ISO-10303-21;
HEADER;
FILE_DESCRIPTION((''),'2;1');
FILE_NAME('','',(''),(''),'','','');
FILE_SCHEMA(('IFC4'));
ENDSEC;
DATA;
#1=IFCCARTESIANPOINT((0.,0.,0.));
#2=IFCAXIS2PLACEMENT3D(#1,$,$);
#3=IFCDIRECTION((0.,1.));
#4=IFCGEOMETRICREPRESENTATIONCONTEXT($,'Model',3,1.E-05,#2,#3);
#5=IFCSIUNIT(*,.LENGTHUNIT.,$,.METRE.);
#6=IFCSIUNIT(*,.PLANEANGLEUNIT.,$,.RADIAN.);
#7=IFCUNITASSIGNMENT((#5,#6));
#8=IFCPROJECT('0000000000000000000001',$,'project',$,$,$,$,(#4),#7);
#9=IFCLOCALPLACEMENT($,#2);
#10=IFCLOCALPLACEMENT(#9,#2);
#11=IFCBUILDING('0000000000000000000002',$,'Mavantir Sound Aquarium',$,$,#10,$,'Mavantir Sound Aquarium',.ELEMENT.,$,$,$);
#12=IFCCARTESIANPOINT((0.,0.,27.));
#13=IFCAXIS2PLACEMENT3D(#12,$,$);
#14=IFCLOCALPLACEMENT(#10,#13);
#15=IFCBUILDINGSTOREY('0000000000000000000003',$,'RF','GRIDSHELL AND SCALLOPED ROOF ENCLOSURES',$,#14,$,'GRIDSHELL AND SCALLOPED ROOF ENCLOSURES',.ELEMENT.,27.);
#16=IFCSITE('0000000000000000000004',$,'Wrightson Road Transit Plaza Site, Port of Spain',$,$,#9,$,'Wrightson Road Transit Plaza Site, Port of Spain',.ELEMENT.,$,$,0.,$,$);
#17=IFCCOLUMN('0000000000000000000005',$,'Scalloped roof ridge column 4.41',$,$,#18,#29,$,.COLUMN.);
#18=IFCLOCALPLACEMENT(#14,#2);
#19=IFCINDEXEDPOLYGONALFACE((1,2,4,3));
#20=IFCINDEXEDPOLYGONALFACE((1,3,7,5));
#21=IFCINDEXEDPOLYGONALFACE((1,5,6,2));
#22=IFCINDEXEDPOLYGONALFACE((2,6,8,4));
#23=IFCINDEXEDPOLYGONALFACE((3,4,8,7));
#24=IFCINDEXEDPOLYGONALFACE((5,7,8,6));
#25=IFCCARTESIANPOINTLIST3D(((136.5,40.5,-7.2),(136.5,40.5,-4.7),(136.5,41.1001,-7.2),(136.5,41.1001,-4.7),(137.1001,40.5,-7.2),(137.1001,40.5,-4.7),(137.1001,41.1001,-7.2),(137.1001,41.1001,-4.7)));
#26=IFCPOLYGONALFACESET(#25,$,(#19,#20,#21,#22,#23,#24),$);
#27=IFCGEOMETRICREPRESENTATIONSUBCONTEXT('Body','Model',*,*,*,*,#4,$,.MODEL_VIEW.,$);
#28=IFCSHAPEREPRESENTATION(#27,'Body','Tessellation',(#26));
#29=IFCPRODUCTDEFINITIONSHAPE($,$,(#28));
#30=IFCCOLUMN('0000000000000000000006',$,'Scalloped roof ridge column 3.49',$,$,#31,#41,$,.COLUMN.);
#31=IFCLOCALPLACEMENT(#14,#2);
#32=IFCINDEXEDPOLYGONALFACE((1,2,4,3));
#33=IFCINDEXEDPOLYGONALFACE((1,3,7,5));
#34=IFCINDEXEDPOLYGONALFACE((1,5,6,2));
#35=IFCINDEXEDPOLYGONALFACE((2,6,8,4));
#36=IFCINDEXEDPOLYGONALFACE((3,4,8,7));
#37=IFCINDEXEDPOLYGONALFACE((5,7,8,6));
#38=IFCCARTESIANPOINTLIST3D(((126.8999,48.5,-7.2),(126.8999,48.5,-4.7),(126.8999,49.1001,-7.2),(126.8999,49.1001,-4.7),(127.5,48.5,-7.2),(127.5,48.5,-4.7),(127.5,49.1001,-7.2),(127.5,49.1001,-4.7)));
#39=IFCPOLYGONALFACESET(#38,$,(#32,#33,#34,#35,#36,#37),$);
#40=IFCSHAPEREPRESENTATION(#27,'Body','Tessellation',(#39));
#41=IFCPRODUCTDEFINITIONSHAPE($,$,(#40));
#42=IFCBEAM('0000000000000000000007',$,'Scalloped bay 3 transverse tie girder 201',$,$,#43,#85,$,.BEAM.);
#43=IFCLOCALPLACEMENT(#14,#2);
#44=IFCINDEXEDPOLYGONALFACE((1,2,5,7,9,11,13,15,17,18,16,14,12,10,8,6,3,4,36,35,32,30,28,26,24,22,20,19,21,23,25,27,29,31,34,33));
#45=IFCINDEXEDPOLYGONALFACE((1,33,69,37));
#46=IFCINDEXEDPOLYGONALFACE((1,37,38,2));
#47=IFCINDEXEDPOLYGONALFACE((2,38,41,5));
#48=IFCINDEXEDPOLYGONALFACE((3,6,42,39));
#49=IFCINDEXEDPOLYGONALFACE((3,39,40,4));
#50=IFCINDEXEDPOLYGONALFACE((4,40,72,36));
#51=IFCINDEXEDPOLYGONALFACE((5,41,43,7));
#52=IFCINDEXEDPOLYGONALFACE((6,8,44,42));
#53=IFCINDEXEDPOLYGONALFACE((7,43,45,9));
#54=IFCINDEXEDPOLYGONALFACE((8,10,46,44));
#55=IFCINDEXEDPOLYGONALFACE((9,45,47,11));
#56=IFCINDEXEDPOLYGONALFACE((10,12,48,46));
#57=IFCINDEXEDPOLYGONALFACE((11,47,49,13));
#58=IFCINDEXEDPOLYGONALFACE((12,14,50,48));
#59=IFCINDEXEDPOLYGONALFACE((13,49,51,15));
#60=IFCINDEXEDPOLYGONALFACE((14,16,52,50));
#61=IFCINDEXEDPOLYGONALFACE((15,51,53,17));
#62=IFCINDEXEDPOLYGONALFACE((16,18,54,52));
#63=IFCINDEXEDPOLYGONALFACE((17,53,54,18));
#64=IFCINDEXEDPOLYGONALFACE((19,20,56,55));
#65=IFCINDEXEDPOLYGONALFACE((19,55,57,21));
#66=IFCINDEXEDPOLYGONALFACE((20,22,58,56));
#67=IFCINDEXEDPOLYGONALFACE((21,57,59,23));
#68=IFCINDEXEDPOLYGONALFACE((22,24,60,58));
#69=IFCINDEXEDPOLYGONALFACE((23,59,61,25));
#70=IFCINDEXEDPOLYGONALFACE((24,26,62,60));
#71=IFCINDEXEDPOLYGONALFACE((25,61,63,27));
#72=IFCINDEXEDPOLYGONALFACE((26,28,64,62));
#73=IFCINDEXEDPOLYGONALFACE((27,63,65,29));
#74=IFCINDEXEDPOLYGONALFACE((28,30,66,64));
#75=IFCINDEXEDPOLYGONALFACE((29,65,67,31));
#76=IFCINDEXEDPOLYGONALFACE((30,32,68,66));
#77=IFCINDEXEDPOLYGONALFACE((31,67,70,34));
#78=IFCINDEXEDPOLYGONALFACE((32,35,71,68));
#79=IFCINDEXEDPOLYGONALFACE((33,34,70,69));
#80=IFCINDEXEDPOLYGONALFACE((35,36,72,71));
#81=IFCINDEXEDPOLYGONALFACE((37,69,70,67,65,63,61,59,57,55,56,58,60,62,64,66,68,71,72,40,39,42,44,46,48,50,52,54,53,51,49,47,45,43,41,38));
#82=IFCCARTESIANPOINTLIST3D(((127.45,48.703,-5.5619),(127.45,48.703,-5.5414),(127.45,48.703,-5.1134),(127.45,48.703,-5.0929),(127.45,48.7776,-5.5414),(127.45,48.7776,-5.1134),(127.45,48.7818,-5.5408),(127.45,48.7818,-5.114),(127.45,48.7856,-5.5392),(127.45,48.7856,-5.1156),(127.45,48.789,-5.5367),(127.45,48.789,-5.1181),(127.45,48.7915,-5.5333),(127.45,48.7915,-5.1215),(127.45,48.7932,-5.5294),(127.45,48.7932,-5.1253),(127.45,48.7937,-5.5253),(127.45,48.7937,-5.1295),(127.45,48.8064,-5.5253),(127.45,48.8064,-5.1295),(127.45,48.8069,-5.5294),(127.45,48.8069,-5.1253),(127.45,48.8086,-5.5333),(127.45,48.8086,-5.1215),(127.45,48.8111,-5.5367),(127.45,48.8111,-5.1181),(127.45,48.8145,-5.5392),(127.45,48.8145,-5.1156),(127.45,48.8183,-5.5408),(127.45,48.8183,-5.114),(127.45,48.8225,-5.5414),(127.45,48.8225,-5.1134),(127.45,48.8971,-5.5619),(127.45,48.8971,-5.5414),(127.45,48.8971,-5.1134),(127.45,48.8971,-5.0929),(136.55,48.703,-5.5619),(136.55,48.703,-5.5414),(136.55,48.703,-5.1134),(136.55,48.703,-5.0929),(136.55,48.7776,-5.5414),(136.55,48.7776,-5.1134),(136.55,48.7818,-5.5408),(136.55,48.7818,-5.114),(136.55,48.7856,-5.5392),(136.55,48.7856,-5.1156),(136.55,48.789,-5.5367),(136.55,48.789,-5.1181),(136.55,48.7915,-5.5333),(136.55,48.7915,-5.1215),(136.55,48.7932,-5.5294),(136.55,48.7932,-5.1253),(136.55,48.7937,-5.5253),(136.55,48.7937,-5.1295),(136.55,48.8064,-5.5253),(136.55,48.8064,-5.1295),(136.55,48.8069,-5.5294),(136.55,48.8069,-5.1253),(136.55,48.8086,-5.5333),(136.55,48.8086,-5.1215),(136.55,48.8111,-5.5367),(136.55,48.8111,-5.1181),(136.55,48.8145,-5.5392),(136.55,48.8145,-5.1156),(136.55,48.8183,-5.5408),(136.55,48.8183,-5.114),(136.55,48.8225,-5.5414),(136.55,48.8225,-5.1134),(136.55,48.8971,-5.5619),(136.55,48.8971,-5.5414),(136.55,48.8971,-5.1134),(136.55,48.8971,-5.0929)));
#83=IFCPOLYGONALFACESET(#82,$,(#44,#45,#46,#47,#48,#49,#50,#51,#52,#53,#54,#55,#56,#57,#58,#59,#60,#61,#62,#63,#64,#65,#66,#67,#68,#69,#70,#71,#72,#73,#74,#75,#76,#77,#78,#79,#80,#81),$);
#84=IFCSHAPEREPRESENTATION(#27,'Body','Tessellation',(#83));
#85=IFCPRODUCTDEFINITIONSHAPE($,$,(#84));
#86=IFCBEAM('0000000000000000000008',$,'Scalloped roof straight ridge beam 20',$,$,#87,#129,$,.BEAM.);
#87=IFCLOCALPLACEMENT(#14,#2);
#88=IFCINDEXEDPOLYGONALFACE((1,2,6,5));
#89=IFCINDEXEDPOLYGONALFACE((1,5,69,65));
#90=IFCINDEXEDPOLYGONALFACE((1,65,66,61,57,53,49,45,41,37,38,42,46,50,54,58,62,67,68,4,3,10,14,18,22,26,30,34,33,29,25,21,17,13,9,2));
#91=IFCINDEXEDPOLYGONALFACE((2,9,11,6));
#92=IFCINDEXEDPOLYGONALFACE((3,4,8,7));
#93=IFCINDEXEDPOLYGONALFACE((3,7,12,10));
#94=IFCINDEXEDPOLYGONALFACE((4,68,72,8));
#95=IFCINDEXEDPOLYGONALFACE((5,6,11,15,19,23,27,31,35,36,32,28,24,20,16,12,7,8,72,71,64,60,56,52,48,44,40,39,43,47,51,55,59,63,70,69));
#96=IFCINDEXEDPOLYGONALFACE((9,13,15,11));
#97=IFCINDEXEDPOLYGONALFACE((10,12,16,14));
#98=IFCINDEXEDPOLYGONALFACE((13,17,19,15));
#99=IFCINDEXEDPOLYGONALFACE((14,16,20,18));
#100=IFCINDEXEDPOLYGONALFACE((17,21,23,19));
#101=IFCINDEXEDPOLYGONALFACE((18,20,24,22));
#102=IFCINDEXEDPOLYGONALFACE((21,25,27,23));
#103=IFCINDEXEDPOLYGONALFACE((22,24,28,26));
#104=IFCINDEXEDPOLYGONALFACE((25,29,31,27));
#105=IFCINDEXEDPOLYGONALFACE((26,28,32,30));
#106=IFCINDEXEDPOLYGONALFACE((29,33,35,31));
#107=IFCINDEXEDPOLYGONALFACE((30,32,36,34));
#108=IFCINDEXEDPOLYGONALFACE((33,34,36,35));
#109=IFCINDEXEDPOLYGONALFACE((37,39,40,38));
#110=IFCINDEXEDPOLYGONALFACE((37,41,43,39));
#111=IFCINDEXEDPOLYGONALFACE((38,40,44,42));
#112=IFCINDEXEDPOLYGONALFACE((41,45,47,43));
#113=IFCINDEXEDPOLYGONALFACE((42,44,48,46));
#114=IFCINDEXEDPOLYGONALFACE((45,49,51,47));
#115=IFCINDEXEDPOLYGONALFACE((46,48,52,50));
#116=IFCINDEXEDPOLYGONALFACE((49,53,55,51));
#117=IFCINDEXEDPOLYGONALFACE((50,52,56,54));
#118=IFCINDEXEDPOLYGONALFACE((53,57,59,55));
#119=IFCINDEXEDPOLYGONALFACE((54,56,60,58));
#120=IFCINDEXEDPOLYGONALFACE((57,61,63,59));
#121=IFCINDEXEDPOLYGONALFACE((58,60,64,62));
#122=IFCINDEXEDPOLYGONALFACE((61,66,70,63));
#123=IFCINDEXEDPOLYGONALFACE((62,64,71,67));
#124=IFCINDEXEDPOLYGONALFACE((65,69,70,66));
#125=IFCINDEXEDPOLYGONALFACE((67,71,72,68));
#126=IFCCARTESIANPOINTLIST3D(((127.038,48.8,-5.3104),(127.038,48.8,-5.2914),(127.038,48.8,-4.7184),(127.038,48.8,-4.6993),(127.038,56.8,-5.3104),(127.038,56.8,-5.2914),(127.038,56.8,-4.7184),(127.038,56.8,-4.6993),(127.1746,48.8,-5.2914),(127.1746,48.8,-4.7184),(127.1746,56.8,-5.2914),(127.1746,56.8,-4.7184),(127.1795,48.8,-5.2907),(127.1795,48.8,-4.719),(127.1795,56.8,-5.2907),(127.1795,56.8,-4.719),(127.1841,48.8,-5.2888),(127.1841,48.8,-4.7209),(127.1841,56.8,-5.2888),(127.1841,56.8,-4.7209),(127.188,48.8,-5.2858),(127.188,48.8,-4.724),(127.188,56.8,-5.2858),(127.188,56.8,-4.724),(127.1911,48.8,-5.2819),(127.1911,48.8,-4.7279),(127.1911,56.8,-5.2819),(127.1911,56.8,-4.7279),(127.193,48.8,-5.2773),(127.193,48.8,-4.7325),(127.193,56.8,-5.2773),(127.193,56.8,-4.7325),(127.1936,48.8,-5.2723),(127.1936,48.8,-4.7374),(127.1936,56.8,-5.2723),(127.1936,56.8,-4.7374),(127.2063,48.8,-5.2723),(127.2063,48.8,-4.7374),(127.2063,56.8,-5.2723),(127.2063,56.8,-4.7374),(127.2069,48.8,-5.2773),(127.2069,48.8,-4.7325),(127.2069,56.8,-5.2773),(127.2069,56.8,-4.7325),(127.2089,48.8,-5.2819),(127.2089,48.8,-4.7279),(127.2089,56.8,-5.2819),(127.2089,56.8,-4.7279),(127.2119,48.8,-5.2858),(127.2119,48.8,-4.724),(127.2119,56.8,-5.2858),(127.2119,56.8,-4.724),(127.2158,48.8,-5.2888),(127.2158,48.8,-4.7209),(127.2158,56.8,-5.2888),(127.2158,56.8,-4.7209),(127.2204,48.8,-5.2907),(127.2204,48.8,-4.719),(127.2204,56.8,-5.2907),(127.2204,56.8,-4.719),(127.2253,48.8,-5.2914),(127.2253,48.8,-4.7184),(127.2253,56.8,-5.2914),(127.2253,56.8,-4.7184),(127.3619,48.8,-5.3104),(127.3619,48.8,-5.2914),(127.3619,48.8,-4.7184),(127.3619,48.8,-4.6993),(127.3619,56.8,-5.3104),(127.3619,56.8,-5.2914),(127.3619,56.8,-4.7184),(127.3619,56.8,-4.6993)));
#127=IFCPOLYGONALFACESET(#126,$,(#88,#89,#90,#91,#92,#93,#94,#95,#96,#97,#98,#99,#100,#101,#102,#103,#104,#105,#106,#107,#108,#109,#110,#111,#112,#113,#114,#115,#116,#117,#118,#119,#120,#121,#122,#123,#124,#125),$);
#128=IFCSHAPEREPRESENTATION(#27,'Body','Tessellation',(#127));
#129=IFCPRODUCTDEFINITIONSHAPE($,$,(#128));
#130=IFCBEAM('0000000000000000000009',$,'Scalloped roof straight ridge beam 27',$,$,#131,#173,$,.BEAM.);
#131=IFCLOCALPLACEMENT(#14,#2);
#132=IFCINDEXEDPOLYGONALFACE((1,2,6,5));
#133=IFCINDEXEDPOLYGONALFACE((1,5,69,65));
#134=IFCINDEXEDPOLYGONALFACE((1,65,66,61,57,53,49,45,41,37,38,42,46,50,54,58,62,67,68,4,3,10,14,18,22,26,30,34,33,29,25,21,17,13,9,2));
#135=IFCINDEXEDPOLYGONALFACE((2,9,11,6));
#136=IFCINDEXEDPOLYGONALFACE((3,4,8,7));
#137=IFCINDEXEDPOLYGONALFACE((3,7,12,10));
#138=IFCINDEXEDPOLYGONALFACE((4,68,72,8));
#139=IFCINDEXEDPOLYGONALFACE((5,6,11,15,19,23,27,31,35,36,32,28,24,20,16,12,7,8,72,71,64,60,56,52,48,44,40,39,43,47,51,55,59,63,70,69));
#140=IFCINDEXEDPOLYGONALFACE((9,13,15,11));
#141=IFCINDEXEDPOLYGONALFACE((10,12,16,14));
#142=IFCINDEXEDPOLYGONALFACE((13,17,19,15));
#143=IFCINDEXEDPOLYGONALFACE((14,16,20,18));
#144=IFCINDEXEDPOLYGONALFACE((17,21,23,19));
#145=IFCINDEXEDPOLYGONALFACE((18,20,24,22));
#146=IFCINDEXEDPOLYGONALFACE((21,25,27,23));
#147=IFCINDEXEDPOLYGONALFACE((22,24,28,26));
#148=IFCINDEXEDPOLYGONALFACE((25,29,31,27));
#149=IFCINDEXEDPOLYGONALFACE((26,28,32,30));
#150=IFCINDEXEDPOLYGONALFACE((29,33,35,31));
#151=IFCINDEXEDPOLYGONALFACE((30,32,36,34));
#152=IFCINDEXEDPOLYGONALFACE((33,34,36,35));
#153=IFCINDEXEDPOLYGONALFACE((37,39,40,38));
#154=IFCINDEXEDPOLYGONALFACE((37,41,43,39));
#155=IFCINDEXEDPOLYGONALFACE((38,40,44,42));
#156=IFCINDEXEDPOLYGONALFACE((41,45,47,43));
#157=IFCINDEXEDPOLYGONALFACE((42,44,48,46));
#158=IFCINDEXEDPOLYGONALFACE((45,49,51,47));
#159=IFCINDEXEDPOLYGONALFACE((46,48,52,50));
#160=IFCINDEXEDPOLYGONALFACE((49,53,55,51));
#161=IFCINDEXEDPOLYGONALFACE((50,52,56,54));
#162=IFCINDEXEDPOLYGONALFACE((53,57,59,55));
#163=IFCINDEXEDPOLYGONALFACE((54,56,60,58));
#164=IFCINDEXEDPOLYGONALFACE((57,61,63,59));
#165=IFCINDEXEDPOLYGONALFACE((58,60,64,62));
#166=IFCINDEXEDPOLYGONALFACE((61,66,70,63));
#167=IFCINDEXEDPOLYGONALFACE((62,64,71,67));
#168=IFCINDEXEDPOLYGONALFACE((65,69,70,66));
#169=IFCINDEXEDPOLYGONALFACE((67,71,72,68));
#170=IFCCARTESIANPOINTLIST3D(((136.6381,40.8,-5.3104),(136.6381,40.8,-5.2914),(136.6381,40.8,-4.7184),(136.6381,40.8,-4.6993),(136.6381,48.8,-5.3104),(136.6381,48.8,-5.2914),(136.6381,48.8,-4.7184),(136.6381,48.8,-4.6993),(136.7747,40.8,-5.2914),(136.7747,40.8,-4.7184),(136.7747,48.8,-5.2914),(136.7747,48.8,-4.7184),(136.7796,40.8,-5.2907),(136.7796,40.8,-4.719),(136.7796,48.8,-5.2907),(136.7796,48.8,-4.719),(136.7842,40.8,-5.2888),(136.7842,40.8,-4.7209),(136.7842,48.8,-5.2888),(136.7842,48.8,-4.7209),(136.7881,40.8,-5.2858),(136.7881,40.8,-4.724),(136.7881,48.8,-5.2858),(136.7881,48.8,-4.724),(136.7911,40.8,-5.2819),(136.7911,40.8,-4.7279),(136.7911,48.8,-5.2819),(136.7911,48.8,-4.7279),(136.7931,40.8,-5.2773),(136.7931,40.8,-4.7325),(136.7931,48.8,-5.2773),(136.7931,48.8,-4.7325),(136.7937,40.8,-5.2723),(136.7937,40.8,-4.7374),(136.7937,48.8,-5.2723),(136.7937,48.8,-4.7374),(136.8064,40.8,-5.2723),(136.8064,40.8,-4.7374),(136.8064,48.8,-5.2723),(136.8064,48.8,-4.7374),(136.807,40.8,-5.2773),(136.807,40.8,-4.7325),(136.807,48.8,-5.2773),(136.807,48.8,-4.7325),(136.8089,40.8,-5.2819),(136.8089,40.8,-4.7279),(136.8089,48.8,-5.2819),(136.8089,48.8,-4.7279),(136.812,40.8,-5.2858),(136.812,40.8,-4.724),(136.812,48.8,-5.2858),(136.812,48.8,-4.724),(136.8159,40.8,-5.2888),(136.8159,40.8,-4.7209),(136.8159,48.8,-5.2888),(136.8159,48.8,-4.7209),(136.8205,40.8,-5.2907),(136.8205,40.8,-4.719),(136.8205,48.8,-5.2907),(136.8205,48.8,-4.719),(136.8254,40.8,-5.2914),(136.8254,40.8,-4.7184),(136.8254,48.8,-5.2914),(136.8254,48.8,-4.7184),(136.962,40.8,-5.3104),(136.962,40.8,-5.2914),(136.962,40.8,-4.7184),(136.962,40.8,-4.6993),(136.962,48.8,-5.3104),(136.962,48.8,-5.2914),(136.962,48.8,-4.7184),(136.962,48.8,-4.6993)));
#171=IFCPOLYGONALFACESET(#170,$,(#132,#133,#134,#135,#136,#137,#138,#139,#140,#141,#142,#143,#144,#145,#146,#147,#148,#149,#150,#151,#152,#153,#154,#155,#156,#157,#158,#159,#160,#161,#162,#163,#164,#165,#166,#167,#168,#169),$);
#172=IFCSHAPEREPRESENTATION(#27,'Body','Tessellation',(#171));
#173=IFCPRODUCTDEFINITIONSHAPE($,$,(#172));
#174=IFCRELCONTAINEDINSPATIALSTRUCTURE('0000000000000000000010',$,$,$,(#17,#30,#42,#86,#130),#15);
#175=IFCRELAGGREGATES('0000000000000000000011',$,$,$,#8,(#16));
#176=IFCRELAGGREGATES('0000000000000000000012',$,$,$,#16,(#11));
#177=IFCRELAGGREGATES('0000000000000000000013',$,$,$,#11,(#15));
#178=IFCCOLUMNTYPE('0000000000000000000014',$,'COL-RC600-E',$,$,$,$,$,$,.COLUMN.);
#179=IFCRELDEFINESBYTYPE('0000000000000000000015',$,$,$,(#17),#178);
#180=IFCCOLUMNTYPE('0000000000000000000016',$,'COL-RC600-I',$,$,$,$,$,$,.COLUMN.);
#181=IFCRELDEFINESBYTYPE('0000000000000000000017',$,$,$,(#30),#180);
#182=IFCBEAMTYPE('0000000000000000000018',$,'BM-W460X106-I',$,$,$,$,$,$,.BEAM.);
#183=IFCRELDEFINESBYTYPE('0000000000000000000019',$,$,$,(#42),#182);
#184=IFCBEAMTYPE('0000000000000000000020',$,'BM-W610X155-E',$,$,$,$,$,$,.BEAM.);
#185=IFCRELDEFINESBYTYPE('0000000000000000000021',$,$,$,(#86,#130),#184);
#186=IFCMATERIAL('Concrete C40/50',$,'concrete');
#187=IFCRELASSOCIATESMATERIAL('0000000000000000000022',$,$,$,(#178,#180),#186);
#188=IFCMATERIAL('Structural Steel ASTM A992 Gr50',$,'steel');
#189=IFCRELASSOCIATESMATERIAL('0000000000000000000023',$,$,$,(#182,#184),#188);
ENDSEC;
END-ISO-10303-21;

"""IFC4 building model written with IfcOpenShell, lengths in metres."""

from ifc_helpers import new_model, si_unit, direction, frame, origin, origin_2d, place, context, subcontext, project, spatial, rectangle, i_section, extrude, material, material_profile, profile_set, type_object, element, save


model = new_model("IFC4")

# Units and contexts
model_context = context("Model", 3, precision=1e-05, world=origin(), true_north=direction((0.0, 1.0)))
body_context = subcontext(model_context, "Body", "Model", "MODEL_VIEW")
ifc_project = project(units=[si_unit("LENGTHUNIT", "METRE"), si_unit("PLANEANGLEUNIT", "RADIAN")], contexts=[model_context])

# Site, building, storey
site_placement = place(None, origin())
site = spatial("IfcSite", under=ifc_project, at=site_placement, Name="Wrightson Road Transit Plaza Site, Port of Spain", LongName="Wrightson Road Transit Plaza Site, Port of Spain", CompositionType="ELEMENT", RefElevation=0.0)
building_placement = place(site_placement, origin())
building = spatial("IfcBuilding", under=site, at=building_placement, Name="Mavantir Sound Aquarium", LongName="Mavantir Sound Aquarium", CompositionType="ELEMENT")
storey_placement = place(building_placement, frame((0.0, 0.0, 27.0)))
storey = spatial("IfcBuildingStorey", under=building, at=storey_placement, Name="RF", Description="GRIDSHELL AND SCALLOPED ROOF ENCLOSURES", LongName="GRIDSHELL AND SCALLOPED ROOF ENCLOSURES", CompositionType="ELEMENT", Elevation=27.0)

# Columns
ifc_material_1 = material(Name="Concrete C40/50", Category="concrete")
ifc_material_profile_1 = material_profile(ifc_material_1, rectangle(XDim=0.6001, YDim=0.6001, at=origin_2d()), Name="RC 600X600")
ifc_profile_set_1 = profile_set([ifc_material_profile_1], Name="Concrete C40/50")
column_type_1 = type_object("IfcColumnType", Name="COL-RC600-E", PredefinedType="COLUMN", material=ifc_profile_set_1)
column_1_placement = place(storey_placement, frame((136.8, 40.8, -7.2), z_axis=(0.0, 0.0, 1.0), x_axis=(1.0, 0.0, 0.0)))
element("IfcColumn", 1, at=column_1_placement, inside=storey, type_object=column_type_1, Name="Scalloped roof ridge column 4.41", PredefinedType="COLUMN", context=body_context, shape_type="SweptSolid", body=[
    extrude(rectangle(XDim=0.6001, YDim=0.6001, at=origin_2d()), origin(), (0.0, 0.0, 1.0), 2.5),
])
ifc_material_profile_2 = material_profile(ifc_material_1, rectangle(XDim=0.6001, YDim=0.6001, at=origin_2d()), Name="RC 600X600")
ifc_profile_set_2 = profile_set([ifc_material_profile_2], Name="Concrete C40/50")
column_type_2 = type_object("IfcColumnType", Name="COL-RC600-I", PredefinedType="COLUMN", material=ifc_profile_set_2)
column_2_placement = place(storey_placement, frame((127.2, 48.8, -7.2), z_axis=(0.0, 0.0, 1.0), x_axis=(1.0, 0.0, 0.0)))
element("IfcColumn", 2, at=column_2_placement, inside=storey, type_object=column_type_2, Name="Scalloped roof ridge column 3.49", PredefinedType="COLUMN", context=body_context, shape_type="SweptSolid", body=[
    extrude(rectangle(XDim=0.6001, YDim=0.6001, at=origin_2d()), origin(), (0.0, 0.0, 1.0), 2.5),
])

# Beams
ifc_material_2 = material(Name="Structural Steel ASTM A992 Gr50", Category="steel")
ifc_material_profile_3 = material_profile(ifc_material_2, i_section(OverallWidth=0.1941, OverallDepth=0.469, WebThickness=0.0127, FlangeThickness=0.0205, FilletRadius=0.0161, at=origin_2d()), Name="W460X106")
ifc_profile_set_3 = profile_set([ifc_material_profile_3], Name="Structural Steel ASTM A992 Gr50")
beam_type_1 = type_object("IfcBeamType", Name="BM-W460X106-I", PredefinedType="BEAM", material=ifc_profile_set_3)
beam_placement = place(storey_placement, frame((127.45, 48.8, -5.3274), z_axis=(1.0, 0.0, 0.0), x_axis=(0.0, 1.0, 0.0)))
element("IfcBeam", 3, at=beam_placement, inside=storey, type_object=beam_type_1, Name="Scalloped bay 3 transverse tie girder 201", PredefinedType="BEAM", context=body_context, shape_type="SweptSolid", body=[
    extrude(i_section(OverallWidth=0.1941, OverallDepth=0.469, WebThickness=0.0127, FlangeThickness=0.0205, FilletRadius=0.0161, at=origin_2d()), origin(), (0.0, 0.0, 1.0), 9.1001),
])
ifc_material_profile_4 = material_profile(ifc_material_2, i_section(OverallWidth=0.324, OverallDepth=0.6111, WebThickness=0.0127, FlangeThickness=0.019, FilletRadius=0.019, at=origin_2d()), Name="W610X155")
ifc_profile_set_4 = profile_set([ifc_material_profile_4], Name="Structural Steel ASTM A992 Gr50")
beam_type_2 = type_object("IfcBeamType", Name="BM-W610X155-E", PredefinedType="BEAM", material=ifc_profile_set_4)
for number, where, z_axis, x_axis, name in (
    (4, (127.2, 48.8, -5.0049), (0.0, 1.0, 0.0), (-1.0, 0.0, 0.0), "Scalloped roof straight ridge beam 20"),
    (5, (136.8, 40.8, -5.0049), (0.0, 1.0, 0.0), (-1.0, 0.0, 0.0), "Scalloped roof straight ridge beam 27"),
):
    element("IfcBeam", number, at=place(storey_placement, frame(where, z_axis=z_axis, x_axis=x_axis)), inside=storey, type_object=beam_type_2, Name=name, PredefinedType="BEAM", context=body_context, shape_type="SweptSolid", body=[
        extrude(i_section(OverallWidth=0.324, OverallDepth=0.6111, WebThickness=0.0127, FlangeThickness=0.019, FilletRadius=0.019, at=origin_2d()), origin(), (0.0, 0.0, 1.0), 8.0),
    ])

save(model, "model.ifc")
